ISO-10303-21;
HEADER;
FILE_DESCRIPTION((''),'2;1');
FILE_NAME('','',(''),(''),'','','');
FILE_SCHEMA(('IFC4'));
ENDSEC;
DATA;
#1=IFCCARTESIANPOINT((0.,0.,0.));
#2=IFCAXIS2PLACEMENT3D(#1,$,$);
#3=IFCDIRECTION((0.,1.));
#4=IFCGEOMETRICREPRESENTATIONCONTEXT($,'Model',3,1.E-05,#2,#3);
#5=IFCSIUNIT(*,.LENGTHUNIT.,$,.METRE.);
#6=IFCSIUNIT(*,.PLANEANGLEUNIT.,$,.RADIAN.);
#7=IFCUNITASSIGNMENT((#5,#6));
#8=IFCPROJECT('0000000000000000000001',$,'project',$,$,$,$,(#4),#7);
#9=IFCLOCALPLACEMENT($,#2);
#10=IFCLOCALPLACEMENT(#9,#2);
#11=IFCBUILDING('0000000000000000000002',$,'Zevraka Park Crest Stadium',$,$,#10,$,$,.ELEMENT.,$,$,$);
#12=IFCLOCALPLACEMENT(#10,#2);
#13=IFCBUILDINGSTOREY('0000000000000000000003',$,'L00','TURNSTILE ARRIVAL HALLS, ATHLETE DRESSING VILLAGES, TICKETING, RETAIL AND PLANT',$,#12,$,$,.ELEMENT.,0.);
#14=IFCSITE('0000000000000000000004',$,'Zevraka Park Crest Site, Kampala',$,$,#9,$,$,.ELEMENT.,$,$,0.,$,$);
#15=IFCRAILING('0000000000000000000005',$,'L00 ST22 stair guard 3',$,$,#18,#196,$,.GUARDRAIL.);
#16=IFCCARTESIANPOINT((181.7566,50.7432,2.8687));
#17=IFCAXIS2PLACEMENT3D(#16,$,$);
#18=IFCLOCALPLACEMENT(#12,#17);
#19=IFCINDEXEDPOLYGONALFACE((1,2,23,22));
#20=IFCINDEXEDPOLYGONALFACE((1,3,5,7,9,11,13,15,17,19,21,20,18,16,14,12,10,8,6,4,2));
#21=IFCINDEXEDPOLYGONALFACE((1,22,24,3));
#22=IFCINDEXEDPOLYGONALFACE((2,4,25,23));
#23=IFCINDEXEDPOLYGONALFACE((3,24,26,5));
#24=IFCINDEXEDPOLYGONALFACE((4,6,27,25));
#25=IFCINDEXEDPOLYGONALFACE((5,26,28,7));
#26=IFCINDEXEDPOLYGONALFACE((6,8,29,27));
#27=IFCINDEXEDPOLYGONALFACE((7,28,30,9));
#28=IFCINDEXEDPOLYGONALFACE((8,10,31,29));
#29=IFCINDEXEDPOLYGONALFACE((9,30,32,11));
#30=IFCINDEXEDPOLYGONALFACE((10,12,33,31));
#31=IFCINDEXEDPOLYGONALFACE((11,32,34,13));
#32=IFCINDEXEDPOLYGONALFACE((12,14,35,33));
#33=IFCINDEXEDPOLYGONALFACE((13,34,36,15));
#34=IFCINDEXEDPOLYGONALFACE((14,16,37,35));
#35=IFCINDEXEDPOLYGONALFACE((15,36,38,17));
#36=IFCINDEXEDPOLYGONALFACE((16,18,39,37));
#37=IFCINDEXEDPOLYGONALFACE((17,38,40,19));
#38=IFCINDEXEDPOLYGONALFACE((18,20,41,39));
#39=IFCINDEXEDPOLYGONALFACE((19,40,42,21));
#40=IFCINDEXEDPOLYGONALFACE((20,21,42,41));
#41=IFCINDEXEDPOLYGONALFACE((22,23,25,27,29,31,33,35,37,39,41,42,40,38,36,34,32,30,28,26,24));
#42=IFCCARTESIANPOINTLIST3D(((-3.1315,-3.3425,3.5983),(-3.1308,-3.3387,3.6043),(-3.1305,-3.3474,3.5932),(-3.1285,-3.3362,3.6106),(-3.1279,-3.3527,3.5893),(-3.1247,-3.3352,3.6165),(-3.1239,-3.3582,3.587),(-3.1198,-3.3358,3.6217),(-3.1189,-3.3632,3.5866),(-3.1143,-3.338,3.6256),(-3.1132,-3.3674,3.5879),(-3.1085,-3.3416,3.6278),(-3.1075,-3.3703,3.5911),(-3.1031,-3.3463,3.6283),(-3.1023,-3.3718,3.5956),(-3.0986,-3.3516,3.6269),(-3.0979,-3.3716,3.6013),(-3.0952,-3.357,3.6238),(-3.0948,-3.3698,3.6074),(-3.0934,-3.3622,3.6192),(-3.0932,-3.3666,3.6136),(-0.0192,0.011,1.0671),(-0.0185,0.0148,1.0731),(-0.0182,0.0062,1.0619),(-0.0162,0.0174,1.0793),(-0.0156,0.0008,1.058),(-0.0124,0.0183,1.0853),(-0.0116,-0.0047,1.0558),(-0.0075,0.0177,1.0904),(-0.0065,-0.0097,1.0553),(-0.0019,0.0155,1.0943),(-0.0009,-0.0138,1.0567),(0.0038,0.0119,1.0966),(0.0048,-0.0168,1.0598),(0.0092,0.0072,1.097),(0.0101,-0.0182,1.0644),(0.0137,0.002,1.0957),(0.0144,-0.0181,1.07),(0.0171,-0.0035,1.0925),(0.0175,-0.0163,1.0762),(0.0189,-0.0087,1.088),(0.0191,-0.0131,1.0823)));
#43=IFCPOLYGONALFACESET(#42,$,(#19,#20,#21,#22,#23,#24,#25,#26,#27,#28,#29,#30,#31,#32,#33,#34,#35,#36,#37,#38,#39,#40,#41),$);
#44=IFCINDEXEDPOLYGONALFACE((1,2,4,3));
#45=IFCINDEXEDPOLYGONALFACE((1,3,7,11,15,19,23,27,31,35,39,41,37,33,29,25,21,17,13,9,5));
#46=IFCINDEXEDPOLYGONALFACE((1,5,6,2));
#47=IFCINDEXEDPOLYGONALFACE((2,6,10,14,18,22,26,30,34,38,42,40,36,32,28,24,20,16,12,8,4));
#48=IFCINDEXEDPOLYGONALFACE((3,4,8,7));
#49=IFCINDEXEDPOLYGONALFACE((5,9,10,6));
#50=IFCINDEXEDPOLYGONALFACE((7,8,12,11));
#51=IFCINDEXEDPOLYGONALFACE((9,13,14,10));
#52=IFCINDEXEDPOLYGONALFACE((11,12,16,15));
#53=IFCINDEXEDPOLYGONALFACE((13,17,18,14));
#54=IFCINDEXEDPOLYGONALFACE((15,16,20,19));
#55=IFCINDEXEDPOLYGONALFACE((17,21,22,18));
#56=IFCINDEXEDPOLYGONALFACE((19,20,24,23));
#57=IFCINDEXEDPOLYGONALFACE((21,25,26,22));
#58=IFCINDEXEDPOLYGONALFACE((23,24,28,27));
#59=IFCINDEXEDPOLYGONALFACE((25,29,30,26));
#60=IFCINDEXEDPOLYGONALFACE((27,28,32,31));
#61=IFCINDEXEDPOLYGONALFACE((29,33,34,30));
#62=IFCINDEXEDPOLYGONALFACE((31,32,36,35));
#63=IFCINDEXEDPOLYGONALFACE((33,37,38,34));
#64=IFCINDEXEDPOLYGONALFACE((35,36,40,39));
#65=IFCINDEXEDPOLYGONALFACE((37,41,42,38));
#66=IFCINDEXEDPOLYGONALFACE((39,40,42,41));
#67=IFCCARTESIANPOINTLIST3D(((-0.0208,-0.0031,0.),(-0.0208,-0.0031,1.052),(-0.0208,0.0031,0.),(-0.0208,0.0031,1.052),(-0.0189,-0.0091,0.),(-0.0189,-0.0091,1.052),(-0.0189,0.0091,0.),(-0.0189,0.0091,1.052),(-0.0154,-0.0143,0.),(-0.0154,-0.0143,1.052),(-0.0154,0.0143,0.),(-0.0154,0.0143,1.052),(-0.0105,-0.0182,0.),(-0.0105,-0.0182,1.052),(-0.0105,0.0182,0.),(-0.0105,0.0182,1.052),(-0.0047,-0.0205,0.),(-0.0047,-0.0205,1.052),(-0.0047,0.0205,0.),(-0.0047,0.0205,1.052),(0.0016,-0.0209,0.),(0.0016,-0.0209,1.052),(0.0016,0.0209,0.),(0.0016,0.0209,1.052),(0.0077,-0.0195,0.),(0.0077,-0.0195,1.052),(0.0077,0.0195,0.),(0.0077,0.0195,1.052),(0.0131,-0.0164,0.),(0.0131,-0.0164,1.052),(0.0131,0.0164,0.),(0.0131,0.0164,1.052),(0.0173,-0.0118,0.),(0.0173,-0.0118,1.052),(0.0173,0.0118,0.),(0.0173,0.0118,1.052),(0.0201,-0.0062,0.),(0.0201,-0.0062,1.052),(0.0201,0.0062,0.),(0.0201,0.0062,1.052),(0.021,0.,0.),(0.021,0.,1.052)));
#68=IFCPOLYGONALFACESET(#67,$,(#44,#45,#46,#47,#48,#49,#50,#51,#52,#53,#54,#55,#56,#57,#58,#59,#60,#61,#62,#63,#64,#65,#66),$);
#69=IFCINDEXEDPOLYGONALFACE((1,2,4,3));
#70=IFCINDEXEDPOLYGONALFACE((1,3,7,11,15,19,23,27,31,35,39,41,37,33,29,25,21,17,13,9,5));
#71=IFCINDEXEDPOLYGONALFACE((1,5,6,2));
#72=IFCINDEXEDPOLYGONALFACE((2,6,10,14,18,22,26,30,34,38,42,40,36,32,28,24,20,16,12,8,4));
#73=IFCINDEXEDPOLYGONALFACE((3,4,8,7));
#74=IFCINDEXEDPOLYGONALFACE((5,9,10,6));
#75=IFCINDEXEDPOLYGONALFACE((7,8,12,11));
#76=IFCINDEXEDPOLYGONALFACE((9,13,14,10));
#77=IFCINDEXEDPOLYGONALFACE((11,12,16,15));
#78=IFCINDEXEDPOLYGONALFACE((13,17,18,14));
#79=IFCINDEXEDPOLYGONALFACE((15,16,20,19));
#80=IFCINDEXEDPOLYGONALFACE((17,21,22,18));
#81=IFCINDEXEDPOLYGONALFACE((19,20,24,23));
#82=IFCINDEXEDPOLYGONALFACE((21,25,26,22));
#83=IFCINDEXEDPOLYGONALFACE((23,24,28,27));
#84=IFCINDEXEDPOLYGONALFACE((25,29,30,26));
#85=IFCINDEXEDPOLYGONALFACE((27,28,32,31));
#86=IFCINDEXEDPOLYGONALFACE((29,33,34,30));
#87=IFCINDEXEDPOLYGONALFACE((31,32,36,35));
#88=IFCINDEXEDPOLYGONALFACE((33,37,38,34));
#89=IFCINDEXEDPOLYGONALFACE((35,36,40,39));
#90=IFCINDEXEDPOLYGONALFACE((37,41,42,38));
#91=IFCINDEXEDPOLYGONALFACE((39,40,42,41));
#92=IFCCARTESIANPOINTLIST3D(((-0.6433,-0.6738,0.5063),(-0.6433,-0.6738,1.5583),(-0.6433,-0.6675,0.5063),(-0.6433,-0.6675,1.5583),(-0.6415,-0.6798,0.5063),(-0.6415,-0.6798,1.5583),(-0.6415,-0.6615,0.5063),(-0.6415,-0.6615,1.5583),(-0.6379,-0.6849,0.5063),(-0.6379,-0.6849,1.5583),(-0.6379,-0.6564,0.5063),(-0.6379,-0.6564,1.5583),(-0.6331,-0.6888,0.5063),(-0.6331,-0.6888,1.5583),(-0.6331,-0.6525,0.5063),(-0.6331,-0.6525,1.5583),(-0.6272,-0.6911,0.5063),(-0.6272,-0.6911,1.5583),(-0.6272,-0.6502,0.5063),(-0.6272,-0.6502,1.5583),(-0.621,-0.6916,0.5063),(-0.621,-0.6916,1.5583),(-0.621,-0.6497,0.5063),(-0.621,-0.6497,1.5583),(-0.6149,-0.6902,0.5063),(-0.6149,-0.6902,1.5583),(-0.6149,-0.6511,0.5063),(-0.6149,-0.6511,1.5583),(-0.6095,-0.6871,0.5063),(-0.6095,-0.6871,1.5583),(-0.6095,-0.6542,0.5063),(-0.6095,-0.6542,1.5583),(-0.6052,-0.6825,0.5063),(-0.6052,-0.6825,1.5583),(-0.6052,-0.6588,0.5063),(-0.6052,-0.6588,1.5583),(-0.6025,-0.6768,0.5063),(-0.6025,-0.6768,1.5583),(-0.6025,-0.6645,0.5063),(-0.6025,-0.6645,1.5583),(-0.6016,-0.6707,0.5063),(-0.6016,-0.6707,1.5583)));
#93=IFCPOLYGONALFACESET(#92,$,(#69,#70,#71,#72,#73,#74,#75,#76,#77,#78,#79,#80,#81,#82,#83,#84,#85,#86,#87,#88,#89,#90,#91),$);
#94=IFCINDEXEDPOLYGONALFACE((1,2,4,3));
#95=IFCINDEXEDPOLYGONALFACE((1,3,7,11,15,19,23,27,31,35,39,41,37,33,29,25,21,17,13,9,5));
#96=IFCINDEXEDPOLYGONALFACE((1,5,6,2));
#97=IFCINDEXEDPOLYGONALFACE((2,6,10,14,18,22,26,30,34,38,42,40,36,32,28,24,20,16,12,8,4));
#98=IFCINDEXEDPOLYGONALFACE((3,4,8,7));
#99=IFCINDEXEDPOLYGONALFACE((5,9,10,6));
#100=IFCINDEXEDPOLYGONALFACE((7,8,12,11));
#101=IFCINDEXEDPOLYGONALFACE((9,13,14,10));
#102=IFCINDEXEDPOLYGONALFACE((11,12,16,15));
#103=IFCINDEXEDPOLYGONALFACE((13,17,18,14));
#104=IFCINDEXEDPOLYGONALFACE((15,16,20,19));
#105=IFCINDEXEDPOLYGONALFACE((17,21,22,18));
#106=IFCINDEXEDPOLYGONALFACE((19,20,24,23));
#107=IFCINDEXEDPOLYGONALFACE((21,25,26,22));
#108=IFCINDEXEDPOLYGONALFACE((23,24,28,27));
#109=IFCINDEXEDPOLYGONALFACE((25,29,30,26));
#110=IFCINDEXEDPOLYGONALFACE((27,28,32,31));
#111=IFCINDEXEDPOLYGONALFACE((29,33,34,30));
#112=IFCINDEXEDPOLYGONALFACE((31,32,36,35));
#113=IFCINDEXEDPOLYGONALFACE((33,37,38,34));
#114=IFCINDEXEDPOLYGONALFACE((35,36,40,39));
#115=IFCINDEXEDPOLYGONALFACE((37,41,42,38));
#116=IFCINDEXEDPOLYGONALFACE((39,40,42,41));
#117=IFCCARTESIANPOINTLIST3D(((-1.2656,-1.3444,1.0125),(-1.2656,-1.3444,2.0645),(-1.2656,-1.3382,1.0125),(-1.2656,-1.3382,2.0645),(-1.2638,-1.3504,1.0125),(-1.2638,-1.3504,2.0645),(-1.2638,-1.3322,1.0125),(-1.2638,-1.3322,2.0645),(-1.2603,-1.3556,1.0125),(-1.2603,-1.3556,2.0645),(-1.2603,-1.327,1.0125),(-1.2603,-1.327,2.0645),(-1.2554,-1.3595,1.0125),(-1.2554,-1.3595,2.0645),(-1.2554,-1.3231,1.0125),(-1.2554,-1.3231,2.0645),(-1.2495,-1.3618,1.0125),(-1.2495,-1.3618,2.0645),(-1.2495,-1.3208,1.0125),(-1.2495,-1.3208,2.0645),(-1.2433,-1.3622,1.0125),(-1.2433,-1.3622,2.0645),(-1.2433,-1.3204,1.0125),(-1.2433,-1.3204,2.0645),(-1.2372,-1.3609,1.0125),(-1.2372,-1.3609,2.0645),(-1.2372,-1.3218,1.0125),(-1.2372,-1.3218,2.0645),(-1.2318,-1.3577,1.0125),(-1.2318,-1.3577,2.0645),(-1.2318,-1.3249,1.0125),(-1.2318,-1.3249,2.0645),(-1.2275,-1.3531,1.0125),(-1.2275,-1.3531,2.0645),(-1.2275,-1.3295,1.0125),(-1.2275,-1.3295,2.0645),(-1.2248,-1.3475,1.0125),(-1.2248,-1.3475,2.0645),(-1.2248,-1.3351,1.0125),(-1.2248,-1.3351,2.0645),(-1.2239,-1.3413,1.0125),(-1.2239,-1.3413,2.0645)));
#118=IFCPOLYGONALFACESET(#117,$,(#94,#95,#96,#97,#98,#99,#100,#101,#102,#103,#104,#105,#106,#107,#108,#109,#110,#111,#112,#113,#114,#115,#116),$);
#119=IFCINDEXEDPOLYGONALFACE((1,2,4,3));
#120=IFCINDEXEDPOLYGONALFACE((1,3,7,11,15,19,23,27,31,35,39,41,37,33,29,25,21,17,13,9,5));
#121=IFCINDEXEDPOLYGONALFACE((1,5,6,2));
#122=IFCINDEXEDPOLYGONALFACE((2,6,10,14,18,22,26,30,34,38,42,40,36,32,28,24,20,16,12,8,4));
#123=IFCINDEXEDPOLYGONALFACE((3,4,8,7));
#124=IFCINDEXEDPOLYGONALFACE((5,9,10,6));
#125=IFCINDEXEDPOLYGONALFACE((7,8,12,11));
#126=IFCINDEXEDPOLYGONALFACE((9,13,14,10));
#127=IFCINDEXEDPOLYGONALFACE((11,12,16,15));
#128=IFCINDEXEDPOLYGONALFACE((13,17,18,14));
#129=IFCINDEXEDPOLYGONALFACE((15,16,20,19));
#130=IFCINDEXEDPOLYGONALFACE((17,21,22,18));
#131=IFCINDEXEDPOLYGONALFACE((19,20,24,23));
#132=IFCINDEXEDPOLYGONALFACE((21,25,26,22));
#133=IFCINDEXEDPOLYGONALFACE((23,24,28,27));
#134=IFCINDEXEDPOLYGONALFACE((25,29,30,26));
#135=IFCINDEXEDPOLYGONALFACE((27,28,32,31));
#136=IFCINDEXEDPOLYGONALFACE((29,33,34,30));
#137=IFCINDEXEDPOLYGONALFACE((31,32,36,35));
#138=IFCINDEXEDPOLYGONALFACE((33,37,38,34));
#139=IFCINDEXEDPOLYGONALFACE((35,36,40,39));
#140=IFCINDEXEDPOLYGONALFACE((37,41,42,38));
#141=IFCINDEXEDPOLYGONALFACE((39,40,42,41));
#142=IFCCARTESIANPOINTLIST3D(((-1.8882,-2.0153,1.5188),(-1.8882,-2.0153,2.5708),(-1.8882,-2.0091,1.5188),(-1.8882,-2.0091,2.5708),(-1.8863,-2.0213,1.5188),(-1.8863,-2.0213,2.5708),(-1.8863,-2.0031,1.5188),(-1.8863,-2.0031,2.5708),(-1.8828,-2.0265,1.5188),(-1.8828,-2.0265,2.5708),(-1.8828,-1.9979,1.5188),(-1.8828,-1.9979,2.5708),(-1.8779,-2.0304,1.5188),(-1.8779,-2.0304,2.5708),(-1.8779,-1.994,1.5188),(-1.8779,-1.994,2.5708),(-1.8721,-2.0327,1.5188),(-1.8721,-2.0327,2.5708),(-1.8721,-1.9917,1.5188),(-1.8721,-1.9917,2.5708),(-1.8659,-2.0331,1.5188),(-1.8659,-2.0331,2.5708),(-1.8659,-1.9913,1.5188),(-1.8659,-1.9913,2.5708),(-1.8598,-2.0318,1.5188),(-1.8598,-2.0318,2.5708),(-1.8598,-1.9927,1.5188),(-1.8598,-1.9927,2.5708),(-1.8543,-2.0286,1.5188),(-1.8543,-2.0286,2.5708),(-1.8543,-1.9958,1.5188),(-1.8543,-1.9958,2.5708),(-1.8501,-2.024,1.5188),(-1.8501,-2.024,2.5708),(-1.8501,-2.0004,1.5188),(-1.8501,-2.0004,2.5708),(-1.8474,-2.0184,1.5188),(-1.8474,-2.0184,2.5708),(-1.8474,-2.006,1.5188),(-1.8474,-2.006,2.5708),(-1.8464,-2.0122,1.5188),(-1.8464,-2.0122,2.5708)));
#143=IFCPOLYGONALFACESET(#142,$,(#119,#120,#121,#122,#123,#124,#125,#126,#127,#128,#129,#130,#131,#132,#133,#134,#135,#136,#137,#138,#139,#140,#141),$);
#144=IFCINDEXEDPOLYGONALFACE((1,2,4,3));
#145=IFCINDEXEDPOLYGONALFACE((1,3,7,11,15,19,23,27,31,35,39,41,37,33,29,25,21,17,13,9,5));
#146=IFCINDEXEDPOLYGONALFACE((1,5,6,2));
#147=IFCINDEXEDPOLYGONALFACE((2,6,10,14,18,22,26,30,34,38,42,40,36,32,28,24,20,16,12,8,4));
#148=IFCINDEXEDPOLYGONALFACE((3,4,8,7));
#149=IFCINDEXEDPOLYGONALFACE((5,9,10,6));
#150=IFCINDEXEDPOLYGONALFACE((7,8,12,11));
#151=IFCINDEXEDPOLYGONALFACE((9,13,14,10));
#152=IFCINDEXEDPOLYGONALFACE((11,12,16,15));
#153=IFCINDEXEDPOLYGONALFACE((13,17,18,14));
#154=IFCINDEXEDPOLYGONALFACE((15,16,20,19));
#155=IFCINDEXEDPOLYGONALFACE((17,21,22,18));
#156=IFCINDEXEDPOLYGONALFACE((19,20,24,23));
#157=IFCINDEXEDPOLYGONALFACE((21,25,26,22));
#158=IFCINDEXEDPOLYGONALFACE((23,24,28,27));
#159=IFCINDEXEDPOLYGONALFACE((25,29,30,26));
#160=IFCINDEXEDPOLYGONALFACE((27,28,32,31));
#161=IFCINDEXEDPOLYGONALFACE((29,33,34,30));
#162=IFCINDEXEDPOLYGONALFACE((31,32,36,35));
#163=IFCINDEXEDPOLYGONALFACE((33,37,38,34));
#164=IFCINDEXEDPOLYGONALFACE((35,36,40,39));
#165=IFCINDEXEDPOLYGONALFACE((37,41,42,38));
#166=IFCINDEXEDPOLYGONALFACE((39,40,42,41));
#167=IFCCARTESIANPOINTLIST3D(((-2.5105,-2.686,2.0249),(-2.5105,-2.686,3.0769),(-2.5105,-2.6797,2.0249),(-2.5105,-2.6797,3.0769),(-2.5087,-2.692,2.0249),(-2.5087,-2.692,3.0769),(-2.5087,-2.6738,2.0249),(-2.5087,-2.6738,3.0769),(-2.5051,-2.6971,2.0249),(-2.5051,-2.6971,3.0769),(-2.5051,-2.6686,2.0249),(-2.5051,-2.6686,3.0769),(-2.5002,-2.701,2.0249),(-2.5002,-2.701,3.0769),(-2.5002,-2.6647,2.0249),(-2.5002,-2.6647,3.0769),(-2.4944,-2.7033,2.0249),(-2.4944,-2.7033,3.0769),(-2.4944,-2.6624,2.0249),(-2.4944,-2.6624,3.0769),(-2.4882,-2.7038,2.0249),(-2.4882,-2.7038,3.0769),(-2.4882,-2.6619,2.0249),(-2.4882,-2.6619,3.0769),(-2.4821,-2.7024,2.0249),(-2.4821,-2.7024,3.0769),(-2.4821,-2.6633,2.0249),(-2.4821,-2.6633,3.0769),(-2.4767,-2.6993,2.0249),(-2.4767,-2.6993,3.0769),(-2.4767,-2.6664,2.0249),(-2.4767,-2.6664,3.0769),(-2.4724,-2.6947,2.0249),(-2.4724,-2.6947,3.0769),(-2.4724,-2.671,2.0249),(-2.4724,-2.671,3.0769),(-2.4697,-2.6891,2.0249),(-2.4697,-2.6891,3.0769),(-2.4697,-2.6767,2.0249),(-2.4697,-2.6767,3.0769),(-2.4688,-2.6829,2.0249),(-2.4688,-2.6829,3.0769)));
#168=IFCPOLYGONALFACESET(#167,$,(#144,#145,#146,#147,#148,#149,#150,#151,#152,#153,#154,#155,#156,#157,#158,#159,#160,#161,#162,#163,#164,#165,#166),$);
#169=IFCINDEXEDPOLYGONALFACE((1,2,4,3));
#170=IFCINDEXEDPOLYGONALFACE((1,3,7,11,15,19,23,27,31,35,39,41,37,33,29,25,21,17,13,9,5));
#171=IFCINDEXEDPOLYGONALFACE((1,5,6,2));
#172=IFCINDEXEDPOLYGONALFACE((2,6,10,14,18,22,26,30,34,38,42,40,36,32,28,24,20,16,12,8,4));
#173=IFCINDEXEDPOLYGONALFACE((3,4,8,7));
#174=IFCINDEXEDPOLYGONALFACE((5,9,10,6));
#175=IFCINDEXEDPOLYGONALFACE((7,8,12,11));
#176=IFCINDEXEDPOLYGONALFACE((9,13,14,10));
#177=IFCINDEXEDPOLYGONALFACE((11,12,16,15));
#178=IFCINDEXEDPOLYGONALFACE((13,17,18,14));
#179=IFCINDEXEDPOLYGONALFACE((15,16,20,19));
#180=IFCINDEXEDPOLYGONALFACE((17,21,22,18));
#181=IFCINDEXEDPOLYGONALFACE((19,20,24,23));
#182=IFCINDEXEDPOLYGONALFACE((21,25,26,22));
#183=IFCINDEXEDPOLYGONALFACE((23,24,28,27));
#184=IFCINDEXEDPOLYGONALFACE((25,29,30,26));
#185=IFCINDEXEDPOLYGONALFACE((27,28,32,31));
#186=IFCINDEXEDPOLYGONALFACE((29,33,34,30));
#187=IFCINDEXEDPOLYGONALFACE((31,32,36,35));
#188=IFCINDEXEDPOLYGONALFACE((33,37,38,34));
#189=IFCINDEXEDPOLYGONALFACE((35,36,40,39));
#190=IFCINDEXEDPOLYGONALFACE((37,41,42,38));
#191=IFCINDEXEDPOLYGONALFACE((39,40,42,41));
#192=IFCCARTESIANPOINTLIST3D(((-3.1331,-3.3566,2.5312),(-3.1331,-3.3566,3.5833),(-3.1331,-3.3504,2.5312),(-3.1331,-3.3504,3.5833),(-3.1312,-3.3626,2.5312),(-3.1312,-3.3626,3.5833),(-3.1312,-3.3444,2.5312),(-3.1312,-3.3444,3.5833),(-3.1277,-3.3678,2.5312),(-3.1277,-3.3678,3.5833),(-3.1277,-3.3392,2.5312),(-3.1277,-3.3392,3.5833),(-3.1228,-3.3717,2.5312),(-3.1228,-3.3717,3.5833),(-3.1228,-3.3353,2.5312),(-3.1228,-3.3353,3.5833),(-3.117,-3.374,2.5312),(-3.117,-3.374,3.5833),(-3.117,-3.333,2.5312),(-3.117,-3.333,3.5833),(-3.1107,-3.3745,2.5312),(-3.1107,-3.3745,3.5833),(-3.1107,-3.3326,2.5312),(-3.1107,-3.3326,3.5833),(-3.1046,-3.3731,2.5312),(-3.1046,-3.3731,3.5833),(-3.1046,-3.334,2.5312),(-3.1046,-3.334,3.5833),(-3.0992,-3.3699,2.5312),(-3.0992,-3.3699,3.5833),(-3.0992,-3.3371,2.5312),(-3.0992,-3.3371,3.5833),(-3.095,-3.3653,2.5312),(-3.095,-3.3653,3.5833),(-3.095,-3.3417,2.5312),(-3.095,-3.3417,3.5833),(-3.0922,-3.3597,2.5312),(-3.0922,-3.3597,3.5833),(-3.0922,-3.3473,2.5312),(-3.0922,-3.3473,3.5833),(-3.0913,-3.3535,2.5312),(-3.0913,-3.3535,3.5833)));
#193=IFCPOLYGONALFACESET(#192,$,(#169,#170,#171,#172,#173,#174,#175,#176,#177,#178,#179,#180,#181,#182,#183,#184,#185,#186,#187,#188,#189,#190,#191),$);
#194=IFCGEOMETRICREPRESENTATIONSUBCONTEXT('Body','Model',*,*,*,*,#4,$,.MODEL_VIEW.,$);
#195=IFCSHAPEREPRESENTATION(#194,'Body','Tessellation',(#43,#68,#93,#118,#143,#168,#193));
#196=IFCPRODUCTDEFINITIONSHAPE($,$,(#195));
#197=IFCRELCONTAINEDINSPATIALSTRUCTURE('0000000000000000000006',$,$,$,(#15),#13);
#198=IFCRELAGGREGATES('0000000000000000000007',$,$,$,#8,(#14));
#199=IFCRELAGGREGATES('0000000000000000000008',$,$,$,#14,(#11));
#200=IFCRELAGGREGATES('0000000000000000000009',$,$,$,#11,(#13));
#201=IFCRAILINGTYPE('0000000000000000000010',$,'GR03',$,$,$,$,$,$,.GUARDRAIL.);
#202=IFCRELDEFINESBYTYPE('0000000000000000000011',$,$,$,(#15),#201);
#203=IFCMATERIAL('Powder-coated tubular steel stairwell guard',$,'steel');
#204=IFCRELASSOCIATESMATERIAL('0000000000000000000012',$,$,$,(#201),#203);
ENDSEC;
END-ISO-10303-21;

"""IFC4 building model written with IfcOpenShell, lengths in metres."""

from ifc_helpers import new_model, si_unit, direction, frame, origin, origin_2d, place, context, subcontext, project, spatial, circle, extrude, material, type_object, element, save


model = new_model("IFC4")

# Units and contexts
model_context = context("Model", 3, precision=1e-05, world=origin(), true_north=direction((0.0, 1.0)))
body_context = subcontext(model_context, "Body", "Model", "MODEL_VIEW")
ifc_project = project(units=[si_unit("LENGTHUNIT", "METRE"), si_unit("PLANEANGLEUNIT", "RADIAN")], contexts=[model_context])

# Site, building, storey
site_placement = place(None, origin())
site = spatial("IfcSite", under=ifc_project, at=site_placement, Name="Zevraka Park Crest Site, Kampala", CompositionType="ELEMENT", RefElevation=0.0)
building_placement = place(site_placement, origin())
building = spatial("IfcBuilding", under=site, at=building_placement, Name="Zevraka Park Crest Stadium", CompositionType="ELEMENT")
storey_placement = place(building_placement, origin())
storey = spatial("IfcBuildingStorey", under=building, at=storey_placement, Name="L00", Description="TURNSTILE ARRIVAL HALLS, ATHLETE DRESSING VILLAGES, TICKETING, RETAIL AND PLANT", CompositionType="ELEMENT", Elevation=0.0)

# Railing
ifc_material_1 = material(Name="Powder-coated tubular steel stairwell guard", Category="steel")
railing_type_1 = type_object("IfcRailingType", Name="GR03", PredefinedType="GUARDRAIL", material=ifc_material_1)
railing_1_placement = place(storey_placement, frame((181.7566, 50.7432, 2.8687)))
element("IfcRailing", 1, at=railing_1_placement, inside=storey, type_object=railing_type_1, Name="L00 ST22 stair guard 3", PredefinedType="GUARDRAIL", context=body_context, shape_type="SweptSolid", body=[
    extrude(circle(Radius=0.0239, at=origin_2d()), frame((0.0, 0.0, 1.0762), z_axis=(-0.59523, -0.641362, 0.484103), x_axis=(0.732976, -0.680255, 0.0)), (0.0, 0.0, 1.0), 5.2288),
    extrude(circle(Radius=0.021, at=origin_2d()), origin(), (0.0, 0.0, 1.0), 1.052),
    extrude(circle(Radius=0.021, at=origin_2d()), frame((-0.6226, -0.6707, 0.5063)), (0.0, 0.0, 1.0), 1.052),
    extrude(circle(Radius=0.021, at=origin_2d()), frame((-1.2449, -1.3413, 1.0125)), (0.0, 0.0, 1.0), 1.052),
    extrude(circle(Radius=0.021, at=origin_2d()), frame((-1.8674, -2.0122, 1.5188)), (0.0, 0.0, 1.0), 1.052),
    extrude(circle(Radius=0.021, at=origin_2d()), frame((-2.4897, -2.6829, 2.0249)), (0.0, 0.0, 1.0), 1.052),
    extrude(circle(Radius=0.021, at=origin_2d()), frame((-3.1123, -3.3535, 2.5312)), (0.0, 0.0, 1.0), 1.052),
])

save(model, "model.ifc")
